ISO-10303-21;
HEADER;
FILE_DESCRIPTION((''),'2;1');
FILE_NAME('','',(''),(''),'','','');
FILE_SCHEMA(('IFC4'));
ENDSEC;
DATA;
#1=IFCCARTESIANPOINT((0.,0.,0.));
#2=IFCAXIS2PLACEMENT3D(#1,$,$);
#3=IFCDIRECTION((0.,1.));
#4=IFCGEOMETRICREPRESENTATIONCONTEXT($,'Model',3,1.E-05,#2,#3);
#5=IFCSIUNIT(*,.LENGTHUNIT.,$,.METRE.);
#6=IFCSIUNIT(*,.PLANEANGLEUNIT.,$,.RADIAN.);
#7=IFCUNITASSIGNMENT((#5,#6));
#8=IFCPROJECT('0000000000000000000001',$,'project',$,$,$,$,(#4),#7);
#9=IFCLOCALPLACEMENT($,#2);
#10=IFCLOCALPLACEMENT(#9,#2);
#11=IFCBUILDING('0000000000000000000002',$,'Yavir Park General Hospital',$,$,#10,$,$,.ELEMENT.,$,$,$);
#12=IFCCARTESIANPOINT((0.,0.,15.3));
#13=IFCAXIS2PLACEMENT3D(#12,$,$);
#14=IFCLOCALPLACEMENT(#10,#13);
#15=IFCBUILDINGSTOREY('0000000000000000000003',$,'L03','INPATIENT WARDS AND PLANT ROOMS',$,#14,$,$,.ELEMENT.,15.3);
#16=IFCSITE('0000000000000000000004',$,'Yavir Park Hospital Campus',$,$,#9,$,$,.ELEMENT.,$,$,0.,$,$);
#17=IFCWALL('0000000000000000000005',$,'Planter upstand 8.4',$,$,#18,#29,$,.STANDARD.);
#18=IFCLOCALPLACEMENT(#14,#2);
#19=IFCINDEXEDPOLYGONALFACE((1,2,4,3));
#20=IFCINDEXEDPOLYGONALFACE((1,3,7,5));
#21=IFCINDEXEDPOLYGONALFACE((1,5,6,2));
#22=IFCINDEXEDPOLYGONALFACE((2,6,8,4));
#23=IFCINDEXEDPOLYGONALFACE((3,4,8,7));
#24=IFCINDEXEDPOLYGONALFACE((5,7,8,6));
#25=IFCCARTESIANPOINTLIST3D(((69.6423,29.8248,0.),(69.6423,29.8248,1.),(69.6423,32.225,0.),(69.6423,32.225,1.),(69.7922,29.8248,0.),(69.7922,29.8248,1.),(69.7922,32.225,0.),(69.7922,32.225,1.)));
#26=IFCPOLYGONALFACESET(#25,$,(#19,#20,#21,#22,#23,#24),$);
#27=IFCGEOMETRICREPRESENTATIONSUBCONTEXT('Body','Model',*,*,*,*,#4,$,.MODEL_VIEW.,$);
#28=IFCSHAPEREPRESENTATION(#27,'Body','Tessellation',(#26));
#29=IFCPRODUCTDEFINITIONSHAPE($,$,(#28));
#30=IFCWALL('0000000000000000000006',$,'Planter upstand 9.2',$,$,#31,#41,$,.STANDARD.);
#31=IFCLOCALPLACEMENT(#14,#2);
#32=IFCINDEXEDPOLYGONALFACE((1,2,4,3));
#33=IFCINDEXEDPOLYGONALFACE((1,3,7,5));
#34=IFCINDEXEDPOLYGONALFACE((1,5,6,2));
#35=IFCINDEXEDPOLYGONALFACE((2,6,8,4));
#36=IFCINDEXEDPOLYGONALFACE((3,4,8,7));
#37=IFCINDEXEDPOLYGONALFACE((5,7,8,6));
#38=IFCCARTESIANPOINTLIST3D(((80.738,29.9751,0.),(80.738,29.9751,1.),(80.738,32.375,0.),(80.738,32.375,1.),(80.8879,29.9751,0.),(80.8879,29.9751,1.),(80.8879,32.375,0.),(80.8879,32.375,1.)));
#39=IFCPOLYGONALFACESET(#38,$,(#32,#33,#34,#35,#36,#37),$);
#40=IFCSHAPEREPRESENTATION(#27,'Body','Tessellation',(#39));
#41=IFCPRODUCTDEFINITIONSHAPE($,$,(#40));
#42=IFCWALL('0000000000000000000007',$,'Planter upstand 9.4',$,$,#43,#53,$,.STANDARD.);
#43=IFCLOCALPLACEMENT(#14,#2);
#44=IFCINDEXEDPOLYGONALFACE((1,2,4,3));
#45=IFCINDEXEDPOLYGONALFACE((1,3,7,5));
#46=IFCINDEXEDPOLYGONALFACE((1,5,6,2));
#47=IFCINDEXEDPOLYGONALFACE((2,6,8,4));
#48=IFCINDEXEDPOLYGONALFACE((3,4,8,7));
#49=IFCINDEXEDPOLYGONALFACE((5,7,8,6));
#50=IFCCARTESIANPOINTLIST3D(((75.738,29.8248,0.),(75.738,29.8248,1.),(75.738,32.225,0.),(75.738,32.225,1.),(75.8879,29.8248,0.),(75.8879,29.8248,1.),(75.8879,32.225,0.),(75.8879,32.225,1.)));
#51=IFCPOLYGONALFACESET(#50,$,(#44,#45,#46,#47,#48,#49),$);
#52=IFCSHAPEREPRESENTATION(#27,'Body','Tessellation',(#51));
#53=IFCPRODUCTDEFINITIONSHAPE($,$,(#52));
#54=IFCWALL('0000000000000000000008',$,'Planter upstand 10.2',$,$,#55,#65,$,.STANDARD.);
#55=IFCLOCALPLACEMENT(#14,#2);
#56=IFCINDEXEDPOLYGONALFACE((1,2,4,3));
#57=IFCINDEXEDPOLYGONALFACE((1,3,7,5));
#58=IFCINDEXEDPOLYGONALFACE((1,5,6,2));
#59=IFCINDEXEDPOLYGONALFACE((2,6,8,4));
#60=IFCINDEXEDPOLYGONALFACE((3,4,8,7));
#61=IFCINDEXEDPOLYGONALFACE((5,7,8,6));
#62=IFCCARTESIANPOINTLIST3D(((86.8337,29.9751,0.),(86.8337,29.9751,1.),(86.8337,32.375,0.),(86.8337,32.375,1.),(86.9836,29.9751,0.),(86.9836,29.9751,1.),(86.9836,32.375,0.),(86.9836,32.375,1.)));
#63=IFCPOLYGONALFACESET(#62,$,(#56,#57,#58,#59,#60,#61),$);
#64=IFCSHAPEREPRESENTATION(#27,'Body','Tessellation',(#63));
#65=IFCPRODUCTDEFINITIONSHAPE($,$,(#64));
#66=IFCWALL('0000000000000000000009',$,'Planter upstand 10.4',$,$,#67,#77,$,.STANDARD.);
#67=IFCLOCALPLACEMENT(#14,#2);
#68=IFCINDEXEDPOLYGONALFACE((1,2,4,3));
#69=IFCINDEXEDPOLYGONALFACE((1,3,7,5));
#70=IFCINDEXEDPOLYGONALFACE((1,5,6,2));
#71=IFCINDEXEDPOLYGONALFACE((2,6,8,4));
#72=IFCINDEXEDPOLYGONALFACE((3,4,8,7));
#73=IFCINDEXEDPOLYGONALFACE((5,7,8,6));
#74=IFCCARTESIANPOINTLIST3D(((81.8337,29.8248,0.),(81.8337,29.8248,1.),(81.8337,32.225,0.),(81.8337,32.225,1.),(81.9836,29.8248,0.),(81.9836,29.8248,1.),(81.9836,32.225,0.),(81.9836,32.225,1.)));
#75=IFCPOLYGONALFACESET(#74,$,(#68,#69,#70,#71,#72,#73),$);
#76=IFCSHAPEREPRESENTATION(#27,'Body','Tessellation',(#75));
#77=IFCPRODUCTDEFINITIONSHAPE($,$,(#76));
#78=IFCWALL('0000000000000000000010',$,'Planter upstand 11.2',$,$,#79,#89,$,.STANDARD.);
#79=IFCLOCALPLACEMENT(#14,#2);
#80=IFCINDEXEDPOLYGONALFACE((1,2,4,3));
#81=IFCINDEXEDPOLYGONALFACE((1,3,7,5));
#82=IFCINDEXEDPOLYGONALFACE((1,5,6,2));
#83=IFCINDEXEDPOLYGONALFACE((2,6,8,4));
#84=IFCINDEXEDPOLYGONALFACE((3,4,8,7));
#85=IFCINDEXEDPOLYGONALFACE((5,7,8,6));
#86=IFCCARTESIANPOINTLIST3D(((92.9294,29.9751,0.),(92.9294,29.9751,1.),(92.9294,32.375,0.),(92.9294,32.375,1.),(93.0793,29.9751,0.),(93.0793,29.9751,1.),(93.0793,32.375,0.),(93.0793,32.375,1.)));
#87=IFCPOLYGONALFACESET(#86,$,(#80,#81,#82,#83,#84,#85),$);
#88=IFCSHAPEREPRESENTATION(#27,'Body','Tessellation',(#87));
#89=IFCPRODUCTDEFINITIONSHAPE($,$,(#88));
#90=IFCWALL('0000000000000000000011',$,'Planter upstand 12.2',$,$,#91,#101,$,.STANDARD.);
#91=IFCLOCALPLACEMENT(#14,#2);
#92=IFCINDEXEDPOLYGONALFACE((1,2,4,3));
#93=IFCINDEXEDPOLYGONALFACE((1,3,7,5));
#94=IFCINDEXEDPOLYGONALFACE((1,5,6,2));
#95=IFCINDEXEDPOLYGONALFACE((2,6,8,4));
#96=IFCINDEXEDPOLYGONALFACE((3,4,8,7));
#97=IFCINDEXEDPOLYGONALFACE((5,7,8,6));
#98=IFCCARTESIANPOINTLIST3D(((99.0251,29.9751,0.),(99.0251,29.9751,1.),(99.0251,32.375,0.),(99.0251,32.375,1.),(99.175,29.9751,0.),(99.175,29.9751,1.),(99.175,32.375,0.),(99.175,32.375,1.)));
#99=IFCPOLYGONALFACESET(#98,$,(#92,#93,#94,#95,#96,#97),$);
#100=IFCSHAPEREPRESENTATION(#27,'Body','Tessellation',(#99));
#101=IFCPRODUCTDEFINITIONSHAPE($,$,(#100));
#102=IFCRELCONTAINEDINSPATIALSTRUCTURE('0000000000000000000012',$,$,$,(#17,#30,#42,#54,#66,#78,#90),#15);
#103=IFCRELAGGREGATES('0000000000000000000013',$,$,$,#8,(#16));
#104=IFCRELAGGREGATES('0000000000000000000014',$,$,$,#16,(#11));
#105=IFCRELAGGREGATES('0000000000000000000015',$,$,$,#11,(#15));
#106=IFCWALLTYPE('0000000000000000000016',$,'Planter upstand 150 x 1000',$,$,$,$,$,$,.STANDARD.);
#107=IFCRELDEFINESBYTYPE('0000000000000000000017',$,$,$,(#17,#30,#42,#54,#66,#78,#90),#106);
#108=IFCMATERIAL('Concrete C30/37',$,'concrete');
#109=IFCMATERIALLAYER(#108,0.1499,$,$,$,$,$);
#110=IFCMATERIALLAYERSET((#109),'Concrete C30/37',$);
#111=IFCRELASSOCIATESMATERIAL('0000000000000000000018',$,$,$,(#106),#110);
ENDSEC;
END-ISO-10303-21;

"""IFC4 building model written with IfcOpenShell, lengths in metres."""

from ifc_helpers import new_model, si_unit, direction, frame, frame_2d, origin, place, context, subcontext, project, spatial, rectangle, extrude, material, layer, layer_set, type_object, element, save


model = new_model("IFC4")

# Units and contexts
model_context = context("Model", 3, precision=1e-05, world=origin(), true_north=direction((0.0, 1.0)))
body_context = subcontext(model_context, "Body", "Model", "MODEL_VIEW")
ifc_project = project(units=[si_unit("LENGTHUNIT", "METRE"), si_unit("PLANEANGLEUNIT", "RADIAN")], contexts=[model_context])

# Site, building, storey
site_placement = place(None, origin())
site = spatial("IfcSite", under=ifc_project, at=site_placement, Name="Yavir Park Hospital Campus", CompositionType="ELEMENT", RefElevation=0.0)
building_placement = place(site_placement, origin())
building = spatial("IfcBuilding", under=site, at=building_placement, Name="Yavir Park General Hospital", CompositionType="ELEMENT")
storey_placement = place(building_placement, frame((0.0, 0.0, 15.3)))
storey = spatial("IfcBuildingStorey", under=building, at=storey_placement, Name="L03", Description="INPATIENT WARDS AND PLANT ROOMS", CompositionType="ELEMENT", Elevation=15.3)

# Walls
ifc_material = material(Name="Concrete C30/37", Category="concrete")
ifc_layer = layer(ifc_material, 0.1499)
ifc_layer_set = layer_set([ifc_layer], Name="Concrete C30/37")
wall_type = type_object("IfcWallType", Name="Planter upstand 150 x 1000", PredefinedType="STANDARD", material=ifc_layer_set)
wall_1_placement = place(storey_placement, frame((69.7173, 32.2251, 0.0), z_axis=(0.0, 0.0, 1.0), x_axis=(0.0, -1.0, 0.0)))
element("IfcWall", 1, at=wall_1_placement, inside=storey, type_object=wall_type, Name="Planter upstand 8.4", PredefinedType="STANDARD", context=body_context, shape_type="SweptSolid", body=[
    extrude(rectangle(XDim=2.4001, YDim=0.1499, at=frame_2d((1.2002, 0.0))), origin(), (0.0, 0.0, 1.0), 1.0),
])
wall_2_placement = place(storey_placement, frame((80.813, 29.9751, 0.0), z_axis=(0.0, 0.0, 1.0), x_axis=(0.0, 1.0, 0.0)))
element("IfcWall", 2, at=wall_2_placement, inside=storey, type_object=wall_type, Name="Planter upstand 9.2", PredefinedType="STANDARD", context=body_context, shape_type="SweptSolid", body=[
    extrude(rectangle(XDim=2.3999, YDim=0.1499, at=frame_2d((1.2, 0.0))), origin(), (0.0, 0.0, 1.0), 1.0),
])
wall_3_placement = place(storey_placement, frame((75.813, 32.2251, 0.0), z_axis=(0.0, 0.0, 1.0), x_axis=(0.0, -1.0, 0.0)))
element("IfcWall", 3, at=wall_3_placement, inside=storey, type_object=wall_type, Name="Planter upstand 9.4", PredefinedType="STANDARD", context=body_context, shape_type="SweptSolid", body=[
    extrude(rectangle(XDim=2.4001, YDim=0.1499, at=frame_2d((1.2002, 0.0))), origin(), (0.0, 0.0, 1.0), 1.0),
])
wall_4_placement = place(storey_placement, frame((86.9087, 29.9751, 0.0), z_axis=(0.0, 0.0, 1.0), x_axis=(0.0, 1.0, 0.0)))
element("IfcWall", 4, at=wall_4_placement, inside=storey, type_object=wall_type, Name="Planter upstand 10.2", PredefinedType="STANDARD", context=body_context, shape_type="SweptSolid", body=[
    extrude(rectangle(XDim=2.3999, YDim=0.1499, at=frame_2d((1.2, 0.0))), origin(), (0.0, 0.0, 1.0), 1.0),
])
wall_5_placement = place(storey_placement, frame((81.9087, 32.2251, 0.0), z_axis=(0.0, 0.0, 1.0), x_axis=(0.0, -1.0, 0.0)))
element("IfcWall", 5, at=wall_5_placement, inside=storey, type_object=wall_type, Name="Planter upstand 10.4", PredefinedType="STANDARD", context=body_context, shape_type="SweptSolid", body=[
    extrude(rectangle(XDim=2.4001, YDim=0.1499, at=frame_2d((1.2002, 0.0))), origin(), (0.0, 0.0, 1.0), 1.0),
])
for number, where, z_axis, x_axis, name in (
    (6, (93.0044, 29.9751, 0.0), (0.0, 0.0, 1.0), (0.0, 1.0, 0.0), "Planter upstand 11.2"),
    (7, (99.1001, 29.9751, 0.0), (0.0, 0.0, 1.0), (0.0, 1.0, 0.0), "Planter upstand 12.2"),
):
    element("IfcWall", number, at=place(storey_placement, frame(where, z_axis=z_axis, x_axis=x_axis)), inside=storey, type_object=wall_type, Name=name, PredefinedType="STANDARD", context=body_context, shape_type="SweptSolid", body=[
        extrude(rectangle(XDim=2.3999, YDim=0.1499, at=frame_2d((1.2, 0.0))), origin(), (0.0, 0.0, 1.0), 1.0),
    ])

save(model, "model.ifc")
